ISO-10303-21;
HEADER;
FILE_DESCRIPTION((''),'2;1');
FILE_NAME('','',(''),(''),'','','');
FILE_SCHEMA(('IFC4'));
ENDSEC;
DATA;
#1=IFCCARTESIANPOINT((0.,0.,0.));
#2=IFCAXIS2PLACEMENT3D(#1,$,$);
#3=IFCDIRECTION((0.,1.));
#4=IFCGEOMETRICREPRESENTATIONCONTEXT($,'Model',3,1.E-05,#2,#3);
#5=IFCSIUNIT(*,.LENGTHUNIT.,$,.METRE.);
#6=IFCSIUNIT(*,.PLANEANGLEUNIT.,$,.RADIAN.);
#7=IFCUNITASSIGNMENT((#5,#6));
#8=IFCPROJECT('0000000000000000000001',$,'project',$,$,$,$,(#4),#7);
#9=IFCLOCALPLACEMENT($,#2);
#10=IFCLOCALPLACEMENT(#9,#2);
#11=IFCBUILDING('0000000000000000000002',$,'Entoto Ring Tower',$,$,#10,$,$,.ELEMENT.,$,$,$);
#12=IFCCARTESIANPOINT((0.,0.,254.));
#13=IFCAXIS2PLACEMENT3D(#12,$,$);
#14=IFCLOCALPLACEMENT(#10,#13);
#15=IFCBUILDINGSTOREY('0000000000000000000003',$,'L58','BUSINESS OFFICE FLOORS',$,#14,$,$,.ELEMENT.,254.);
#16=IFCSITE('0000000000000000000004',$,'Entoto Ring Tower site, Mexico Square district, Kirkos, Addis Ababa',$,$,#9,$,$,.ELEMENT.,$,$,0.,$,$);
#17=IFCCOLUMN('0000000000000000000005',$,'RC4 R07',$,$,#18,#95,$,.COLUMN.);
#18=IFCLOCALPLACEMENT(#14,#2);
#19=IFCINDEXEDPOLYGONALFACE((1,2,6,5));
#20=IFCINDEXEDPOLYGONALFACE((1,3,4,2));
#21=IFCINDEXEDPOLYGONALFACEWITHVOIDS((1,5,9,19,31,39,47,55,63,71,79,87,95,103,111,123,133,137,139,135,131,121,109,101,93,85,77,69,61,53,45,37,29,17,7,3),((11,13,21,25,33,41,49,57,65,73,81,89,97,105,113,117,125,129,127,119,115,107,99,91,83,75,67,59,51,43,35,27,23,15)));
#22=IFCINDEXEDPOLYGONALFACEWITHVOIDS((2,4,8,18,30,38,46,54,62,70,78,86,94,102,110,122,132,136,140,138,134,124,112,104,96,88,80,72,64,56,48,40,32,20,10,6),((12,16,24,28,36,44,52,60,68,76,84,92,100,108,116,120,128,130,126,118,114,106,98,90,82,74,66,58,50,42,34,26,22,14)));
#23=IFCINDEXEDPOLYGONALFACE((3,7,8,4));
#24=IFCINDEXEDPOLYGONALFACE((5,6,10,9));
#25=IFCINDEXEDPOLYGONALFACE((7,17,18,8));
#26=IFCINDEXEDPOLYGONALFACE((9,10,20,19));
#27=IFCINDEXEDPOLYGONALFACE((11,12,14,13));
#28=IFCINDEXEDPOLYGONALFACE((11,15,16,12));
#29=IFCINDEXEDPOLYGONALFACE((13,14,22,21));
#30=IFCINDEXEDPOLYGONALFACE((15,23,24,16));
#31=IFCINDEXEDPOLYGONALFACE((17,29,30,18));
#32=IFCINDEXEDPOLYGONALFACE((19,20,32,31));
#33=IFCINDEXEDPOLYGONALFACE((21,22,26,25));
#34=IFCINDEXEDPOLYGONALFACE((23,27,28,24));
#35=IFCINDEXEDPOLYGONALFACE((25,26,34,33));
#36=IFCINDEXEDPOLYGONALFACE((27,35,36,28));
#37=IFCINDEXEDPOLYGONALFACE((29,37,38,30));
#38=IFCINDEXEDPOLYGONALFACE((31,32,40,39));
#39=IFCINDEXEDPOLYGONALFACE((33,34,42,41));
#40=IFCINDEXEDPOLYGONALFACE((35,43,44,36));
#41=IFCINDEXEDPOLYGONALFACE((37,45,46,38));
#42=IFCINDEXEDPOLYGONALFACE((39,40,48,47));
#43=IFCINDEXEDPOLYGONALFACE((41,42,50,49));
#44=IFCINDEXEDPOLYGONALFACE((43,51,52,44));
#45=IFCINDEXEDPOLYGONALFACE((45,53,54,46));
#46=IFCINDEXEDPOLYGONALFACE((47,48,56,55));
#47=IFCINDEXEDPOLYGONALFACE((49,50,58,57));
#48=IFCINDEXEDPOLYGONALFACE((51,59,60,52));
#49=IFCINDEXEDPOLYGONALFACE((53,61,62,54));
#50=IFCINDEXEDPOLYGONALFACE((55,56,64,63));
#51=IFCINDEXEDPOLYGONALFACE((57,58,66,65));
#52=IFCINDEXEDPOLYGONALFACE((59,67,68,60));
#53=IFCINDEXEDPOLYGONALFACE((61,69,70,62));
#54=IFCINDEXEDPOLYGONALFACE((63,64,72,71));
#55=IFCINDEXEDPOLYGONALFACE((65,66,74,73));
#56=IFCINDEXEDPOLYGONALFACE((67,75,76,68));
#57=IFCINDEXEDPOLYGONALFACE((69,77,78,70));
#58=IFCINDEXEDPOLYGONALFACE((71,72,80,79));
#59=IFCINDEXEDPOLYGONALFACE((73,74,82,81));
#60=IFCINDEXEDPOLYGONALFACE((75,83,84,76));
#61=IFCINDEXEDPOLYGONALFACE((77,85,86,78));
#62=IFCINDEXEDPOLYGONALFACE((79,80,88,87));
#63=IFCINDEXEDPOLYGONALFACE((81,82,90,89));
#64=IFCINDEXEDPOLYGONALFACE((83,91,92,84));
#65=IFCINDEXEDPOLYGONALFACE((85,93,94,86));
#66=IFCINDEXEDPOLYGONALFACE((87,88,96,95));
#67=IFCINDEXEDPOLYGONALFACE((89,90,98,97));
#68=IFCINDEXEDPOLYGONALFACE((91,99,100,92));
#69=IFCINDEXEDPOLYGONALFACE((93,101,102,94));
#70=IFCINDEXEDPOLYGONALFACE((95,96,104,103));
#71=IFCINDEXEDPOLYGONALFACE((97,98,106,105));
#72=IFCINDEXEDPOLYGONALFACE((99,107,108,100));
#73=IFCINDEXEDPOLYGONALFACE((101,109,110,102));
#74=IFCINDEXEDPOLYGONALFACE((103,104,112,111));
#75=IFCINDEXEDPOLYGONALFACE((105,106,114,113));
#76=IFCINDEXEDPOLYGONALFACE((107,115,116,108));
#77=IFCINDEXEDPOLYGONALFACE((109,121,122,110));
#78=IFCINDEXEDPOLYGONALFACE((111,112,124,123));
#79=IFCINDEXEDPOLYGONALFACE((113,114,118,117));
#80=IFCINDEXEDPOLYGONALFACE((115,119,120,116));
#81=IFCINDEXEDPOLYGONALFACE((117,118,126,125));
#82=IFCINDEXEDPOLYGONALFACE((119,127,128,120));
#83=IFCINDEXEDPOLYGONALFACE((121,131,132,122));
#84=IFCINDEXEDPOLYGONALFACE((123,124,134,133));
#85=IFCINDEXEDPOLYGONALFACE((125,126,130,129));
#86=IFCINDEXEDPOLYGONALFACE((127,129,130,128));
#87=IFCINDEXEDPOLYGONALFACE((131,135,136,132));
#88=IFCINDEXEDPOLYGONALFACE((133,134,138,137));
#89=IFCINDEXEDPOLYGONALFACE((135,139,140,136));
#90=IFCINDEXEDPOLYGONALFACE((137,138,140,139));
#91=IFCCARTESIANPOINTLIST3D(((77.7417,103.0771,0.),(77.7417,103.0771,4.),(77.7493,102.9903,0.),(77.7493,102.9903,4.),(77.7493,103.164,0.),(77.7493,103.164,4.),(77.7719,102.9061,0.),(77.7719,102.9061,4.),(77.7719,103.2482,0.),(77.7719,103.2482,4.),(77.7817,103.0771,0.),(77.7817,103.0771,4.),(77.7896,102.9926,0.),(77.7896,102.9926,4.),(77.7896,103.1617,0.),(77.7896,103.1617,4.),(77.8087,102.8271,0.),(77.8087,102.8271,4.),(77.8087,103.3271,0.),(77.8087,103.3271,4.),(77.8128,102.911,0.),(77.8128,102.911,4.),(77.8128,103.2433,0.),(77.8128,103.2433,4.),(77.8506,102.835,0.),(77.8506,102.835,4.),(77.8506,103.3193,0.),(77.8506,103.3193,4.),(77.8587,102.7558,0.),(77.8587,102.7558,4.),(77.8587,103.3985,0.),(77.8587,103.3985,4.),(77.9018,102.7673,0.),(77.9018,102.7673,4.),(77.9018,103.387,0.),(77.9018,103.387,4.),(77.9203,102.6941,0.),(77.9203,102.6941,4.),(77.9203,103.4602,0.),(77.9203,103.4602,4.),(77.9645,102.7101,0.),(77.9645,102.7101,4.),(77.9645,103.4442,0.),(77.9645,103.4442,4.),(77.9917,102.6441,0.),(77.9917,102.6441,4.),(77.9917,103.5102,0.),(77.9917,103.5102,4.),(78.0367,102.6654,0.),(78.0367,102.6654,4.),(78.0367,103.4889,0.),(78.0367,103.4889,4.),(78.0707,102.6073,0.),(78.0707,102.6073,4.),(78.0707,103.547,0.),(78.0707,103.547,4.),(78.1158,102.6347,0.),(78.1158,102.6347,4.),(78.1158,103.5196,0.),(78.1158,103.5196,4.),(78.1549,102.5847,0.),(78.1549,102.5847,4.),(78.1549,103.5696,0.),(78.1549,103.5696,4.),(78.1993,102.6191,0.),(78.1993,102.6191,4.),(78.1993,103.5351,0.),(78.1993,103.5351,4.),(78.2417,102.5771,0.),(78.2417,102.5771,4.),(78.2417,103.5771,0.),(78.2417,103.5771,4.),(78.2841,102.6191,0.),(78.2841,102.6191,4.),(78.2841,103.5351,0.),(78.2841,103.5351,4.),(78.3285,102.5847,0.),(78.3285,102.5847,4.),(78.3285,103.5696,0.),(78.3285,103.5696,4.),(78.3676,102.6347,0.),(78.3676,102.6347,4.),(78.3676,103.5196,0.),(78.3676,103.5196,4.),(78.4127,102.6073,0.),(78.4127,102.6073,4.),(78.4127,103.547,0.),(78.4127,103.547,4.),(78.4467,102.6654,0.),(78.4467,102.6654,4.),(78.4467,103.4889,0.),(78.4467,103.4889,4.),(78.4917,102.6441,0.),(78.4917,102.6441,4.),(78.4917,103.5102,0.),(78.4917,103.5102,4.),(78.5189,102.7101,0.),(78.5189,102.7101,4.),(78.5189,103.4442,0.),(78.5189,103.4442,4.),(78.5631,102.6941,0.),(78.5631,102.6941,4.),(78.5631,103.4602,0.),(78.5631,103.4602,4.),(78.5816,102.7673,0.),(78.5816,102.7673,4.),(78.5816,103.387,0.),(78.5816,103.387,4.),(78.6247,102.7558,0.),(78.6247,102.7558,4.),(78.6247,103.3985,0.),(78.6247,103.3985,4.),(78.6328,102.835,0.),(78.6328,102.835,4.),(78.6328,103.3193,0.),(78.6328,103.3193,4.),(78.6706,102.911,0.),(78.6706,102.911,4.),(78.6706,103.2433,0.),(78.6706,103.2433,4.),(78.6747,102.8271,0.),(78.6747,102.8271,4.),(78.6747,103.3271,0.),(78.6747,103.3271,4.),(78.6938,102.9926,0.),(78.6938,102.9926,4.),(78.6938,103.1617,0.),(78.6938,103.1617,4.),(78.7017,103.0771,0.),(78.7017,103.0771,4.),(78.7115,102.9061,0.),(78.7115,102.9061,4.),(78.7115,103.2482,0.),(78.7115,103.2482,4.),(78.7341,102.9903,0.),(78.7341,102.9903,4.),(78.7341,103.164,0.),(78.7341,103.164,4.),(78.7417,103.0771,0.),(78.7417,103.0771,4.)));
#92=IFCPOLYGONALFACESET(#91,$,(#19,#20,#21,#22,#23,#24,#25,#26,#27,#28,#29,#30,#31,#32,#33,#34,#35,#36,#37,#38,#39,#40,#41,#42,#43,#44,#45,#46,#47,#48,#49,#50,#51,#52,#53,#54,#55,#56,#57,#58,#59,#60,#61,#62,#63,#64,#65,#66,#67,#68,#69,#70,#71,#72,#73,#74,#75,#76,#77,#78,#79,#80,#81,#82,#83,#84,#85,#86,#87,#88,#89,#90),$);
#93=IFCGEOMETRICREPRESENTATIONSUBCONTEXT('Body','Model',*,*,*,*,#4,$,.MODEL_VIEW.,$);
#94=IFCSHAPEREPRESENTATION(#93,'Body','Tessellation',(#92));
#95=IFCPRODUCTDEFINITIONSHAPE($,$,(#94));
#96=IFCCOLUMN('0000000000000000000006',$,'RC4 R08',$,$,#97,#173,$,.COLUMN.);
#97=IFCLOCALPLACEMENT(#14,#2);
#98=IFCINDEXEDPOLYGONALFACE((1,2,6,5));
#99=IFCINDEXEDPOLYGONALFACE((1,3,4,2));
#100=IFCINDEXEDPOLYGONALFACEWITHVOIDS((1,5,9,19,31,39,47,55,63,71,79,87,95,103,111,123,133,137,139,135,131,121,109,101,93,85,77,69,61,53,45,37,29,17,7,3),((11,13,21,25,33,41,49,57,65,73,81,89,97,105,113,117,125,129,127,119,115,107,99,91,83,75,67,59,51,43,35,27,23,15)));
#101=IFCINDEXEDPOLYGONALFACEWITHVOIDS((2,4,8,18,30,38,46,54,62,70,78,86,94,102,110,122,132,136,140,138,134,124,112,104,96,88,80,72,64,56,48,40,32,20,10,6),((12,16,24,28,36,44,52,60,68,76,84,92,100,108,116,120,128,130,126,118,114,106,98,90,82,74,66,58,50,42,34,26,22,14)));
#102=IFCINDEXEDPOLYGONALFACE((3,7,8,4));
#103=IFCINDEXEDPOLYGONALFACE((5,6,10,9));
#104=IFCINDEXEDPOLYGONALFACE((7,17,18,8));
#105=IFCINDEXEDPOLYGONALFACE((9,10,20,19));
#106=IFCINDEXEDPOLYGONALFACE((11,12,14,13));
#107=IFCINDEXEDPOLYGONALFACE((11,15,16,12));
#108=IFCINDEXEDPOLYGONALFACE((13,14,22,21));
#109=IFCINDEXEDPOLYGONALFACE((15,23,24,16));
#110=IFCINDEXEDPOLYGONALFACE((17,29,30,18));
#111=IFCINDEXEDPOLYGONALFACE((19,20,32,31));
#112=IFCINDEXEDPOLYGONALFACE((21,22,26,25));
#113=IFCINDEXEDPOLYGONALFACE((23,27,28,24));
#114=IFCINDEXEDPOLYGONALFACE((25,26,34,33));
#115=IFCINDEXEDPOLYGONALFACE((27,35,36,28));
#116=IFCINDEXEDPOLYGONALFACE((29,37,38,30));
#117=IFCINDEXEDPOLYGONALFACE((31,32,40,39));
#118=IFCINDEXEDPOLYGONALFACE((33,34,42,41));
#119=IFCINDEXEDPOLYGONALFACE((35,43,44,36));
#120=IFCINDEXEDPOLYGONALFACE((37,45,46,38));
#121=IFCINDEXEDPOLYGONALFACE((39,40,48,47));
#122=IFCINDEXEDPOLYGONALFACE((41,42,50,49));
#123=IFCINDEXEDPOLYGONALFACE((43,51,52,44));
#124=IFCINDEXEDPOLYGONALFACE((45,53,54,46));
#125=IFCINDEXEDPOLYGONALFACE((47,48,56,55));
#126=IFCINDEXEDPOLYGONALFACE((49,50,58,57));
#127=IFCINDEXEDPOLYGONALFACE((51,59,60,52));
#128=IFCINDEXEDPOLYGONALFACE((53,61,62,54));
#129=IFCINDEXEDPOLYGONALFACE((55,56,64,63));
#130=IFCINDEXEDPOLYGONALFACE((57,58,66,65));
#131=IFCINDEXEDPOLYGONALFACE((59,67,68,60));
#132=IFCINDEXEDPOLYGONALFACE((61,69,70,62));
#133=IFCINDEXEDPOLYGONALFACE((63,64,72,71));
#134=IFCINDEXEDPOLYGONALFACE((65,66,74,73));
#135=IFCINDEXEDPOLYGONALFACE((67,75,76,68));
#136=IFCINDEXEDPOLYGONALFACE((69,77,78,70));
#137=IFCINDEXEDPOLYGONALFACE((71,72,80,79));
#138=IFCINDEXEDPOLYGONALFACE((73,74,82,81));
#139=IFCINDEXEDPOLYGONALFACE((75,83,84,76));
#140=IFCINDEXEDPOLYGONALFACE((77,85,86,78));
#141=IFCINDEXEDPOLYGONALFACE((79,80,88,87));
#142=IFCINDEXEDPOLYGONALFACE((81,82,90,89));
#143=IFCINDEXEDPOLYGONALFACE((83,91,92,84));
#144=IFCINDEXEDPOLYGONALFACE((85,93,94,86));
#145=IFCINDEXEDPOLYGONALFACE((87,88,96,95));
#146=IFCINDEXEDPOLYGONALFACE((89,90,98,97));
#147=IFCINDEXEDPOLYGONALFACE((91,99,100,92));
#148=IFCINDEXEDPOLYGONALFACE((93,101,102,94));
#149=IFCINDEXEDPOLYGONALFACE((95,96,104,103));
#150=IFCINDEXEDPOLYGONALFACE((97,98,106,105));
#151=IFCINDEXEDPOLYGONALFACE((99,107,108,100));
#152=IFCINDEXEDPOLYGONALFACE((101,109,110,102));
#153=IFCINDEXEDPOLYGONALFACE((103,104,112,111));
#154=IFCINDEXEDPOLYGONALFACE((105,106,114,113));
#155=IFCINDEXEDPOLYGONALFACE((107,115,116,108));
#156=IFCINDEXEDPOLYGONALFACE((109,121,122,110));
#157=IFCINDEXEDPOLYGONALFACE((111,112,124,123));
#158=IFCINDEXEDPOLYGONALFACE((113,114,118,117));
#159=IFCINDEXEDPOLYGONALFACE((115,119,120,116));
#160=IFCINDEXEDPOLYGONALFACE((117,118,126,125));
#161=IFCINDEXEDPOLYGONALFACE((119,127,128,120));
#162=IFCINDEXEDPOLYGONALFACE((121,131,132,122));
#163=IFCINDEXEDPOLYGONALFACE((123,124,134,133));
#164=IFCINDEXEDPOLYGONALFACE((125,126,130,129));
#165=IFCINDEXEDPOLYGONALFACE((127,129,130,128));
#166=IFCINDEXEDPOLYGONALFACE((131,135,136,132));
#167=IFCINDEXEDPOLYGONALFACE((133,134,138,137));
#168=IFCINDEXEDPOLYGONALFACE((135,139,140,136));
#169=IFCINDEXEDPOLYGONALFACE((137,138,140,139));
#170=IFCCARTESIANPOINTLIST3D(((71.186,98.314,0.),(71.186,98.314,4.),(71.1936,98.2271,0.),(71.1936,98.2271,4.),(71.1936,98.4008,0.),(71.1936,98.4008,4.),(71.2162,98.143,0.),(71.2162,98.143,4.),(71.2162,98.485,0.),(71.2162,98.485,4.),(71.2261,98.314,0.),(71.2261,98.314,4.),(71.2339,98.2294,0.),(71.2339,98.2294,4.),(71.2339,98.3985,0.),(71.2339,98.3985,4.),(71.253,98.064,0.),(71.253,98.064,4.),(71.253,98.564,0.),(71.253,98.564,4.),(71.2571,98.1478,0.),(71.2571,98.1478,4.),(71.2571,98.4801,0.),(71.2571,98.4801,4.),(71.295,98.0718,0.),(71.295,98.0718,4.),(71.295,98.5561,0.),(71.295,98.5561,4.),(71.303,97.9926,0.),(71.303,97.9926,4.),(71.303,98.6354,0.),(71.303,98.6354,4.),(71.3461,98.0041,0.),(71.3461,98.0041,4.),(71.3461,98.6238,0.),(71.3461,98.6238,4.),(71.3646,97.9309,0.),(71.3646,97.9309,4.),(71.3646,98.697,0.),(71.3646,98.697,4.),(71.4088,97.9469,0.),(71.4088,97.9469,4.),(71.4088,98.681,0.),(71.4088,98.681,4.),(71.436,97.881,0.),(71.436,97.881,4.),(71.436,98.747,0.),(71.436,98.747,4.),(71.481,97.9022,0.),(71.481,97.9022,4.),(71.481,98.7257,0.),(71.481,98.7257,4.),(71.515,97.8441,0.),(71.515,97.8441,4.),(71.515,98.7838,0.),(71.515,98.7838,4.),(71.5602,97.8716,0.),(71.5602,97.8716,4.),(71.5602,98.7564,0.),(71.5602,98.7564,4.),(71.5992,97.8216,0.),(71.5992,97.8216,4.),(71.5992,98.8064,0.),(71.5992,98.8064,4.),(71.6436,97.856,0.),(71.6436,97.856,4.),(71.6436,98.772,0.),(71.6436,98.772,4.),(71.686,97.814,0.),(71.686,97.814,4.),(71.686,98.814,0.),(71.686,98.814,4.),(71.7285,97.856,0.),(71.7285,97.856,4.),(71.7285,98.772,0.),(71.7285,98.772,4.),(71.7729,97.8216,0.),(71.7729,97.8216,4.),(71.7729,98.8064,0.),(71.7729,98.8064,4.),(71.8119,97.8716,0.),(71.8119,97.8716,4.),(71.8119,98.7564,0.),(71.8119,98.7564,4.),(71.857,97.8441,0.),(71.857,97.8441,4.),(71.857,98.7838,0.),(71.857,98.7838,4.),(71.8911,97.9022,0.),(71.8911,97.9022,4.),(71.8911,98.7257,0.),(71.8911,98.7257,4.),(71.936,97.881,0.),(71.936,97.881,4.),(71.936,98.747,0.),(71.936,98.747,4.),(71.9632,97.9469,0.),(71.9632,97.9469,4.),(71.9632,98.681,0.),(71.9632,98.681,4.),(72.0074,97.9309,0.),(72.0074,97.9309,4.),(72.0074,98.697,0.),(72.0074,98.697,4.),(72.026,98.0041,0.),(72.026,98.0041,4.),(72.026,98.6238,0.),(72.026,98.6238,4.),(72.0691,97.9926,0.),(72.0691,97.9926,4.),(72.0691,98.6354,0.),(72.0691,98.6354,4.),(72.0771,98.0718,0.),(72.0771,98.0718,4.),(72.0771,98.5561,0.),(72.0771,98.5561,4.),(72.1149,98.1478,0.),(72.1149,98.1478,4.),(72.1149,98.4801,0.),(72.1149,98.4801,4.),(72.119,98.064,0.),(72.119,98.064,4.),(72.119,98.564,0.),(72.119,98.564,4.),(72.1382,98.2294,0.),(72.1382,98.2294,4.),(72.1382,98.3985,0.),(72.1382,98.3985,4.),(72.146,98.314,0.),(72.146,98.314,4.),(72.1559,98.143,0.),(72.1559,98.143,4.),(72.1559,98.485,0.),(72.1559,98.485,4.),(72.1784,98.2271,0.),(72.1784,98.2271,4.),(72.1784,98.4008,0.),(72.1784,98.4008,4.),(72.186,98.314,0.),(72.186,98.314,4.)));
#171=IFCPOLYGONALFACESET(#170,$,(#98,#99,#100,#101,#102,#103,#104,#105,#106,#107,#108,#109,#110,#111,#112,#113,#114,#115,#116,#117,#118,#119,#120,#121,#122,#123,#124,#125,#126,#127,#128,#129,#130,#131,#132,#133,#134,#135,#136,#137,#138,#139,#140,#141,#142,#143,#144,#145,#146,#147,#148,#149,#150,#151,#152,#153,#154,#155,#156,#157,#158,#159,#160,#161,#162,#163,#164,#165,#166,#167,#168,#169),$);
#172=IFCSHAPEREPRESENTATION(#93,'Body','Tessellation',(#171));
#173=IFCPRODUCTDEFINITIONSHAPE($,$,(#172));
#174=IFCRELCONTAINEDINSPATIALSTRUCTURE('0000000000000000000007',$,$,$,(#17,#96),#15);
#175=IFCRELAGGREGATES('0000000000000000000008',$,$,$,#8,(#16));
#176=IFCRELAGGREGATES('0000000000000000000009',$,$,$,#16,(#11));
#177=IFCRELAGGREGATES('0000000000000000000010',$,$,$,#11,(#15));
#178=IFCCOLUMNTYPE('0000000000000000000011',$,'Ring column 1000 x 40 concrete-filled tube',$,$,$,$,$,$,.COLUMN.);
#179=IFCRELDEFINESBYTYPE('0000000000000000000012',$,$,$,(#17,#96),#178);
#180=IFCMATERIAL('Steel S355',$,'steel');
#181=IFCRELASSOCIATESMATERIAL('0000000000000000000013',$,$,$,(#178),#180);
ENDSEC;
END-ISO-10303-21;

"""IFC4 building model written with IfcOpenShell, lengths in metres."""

from ifc_helpers import new_model, si_unit, direction, frame, origin, origin_2d, place, context, subcontext, project, spatial, circle, hollow_circle, extrude, material, material_profile, profile_set, type_object, element, save


model = new_model("IFC4")

# Units and contexts
model_context = context("Model", 3, precision=1e-05, world=origin(), true_north=direction((0.0, 1.0)))
body_context = subcontext(model_context, "Body", "Model", "MODEL_VIEW")
ifc_project = project(units=[si_unit("LENGTHUNIT", "METRE"), si_unit("PLANEANGLEUNIT", "RADIAN")], contexts=[model_context])

# Site, building, storey
site_placement = place(None, origin())
site = spatial("IfcSite", under=ifc_project, at=site_placement, Name="Entoto Ring Tower site, Mexico Square district, Kirkos, Addis Ababa", CompositionType="ELEMENT", RefElevation=0.0)
building_placement = place(site_placement, origin())
building = spatial("IfcBuilding", under=site, at=building_placement, Name="Entoto Ring Tower", CompositionType="ELEMENT")
storey_placement = place(building_placement, frame((0.0, 0.0, 254.0)))
storey = spatial("IfcBuildingStorey", under=building, at=storey_placement, Name="L58", Description="BUSINESS OFFICE FLOORS", CompositionType="ELEMENT", Elevation=254.0)

# Columns
ifc_material_1 = material(Name="Steel S355", Category="steel")
ifc_material_profile_1 = material_profile(ifc_material_1, hollow_circle(Radius=0.5, WallThickness=0.04, at=origin_2d()), Name="CHS 1000 x 40")
ifc_material_2 = material(Name="Concrete C60/75", Category="concrete")
ifc_material_profile_2 = material_profile(ifc_material_2, circle(Radius=0.46, at=origin_2d()), Name="Concrete C60/75 infill")
ifc_profile_set_1 = profile_set([ifc_material_profile_1, ifc_material_profile_2], Name="Steel S355")
column_type = type_object("IfcColumnType", Name="Ring column 1000 x 40 concrete-filled tube", PredefinedType="COLUMN", material=ifc_profile_set_1)
for number, where, z_axis, x_axis, name in (
    (1, (78.2417, 103.0771, 0.0), (0.0, 0.0, 1.0), (1.0, 0.0, 0.0), "RC4 R07"),
    (2, (71.686, 98.314, 0.0), (0.0, 0.0, 1.0), (1.0, 0.0, 0.0), "RC4 R08"),
):
    element("IfcColumn", number, at=place(storey_placement, frame(where, z_axis=z_axis, x_axis=x_axis)), inside=storey, type_object=column_type, Name=name, PredefinedType="COLUMN", context=body_context, shape_type="SweptSolid", body=[
        extrude(hollow_circle(Radius=0.5, WallThickness=0.04, at=origin_2d()), origin(), (0.0, 0.0, 1.0), 4.0),
    ])

save(model, "model.ifc")
